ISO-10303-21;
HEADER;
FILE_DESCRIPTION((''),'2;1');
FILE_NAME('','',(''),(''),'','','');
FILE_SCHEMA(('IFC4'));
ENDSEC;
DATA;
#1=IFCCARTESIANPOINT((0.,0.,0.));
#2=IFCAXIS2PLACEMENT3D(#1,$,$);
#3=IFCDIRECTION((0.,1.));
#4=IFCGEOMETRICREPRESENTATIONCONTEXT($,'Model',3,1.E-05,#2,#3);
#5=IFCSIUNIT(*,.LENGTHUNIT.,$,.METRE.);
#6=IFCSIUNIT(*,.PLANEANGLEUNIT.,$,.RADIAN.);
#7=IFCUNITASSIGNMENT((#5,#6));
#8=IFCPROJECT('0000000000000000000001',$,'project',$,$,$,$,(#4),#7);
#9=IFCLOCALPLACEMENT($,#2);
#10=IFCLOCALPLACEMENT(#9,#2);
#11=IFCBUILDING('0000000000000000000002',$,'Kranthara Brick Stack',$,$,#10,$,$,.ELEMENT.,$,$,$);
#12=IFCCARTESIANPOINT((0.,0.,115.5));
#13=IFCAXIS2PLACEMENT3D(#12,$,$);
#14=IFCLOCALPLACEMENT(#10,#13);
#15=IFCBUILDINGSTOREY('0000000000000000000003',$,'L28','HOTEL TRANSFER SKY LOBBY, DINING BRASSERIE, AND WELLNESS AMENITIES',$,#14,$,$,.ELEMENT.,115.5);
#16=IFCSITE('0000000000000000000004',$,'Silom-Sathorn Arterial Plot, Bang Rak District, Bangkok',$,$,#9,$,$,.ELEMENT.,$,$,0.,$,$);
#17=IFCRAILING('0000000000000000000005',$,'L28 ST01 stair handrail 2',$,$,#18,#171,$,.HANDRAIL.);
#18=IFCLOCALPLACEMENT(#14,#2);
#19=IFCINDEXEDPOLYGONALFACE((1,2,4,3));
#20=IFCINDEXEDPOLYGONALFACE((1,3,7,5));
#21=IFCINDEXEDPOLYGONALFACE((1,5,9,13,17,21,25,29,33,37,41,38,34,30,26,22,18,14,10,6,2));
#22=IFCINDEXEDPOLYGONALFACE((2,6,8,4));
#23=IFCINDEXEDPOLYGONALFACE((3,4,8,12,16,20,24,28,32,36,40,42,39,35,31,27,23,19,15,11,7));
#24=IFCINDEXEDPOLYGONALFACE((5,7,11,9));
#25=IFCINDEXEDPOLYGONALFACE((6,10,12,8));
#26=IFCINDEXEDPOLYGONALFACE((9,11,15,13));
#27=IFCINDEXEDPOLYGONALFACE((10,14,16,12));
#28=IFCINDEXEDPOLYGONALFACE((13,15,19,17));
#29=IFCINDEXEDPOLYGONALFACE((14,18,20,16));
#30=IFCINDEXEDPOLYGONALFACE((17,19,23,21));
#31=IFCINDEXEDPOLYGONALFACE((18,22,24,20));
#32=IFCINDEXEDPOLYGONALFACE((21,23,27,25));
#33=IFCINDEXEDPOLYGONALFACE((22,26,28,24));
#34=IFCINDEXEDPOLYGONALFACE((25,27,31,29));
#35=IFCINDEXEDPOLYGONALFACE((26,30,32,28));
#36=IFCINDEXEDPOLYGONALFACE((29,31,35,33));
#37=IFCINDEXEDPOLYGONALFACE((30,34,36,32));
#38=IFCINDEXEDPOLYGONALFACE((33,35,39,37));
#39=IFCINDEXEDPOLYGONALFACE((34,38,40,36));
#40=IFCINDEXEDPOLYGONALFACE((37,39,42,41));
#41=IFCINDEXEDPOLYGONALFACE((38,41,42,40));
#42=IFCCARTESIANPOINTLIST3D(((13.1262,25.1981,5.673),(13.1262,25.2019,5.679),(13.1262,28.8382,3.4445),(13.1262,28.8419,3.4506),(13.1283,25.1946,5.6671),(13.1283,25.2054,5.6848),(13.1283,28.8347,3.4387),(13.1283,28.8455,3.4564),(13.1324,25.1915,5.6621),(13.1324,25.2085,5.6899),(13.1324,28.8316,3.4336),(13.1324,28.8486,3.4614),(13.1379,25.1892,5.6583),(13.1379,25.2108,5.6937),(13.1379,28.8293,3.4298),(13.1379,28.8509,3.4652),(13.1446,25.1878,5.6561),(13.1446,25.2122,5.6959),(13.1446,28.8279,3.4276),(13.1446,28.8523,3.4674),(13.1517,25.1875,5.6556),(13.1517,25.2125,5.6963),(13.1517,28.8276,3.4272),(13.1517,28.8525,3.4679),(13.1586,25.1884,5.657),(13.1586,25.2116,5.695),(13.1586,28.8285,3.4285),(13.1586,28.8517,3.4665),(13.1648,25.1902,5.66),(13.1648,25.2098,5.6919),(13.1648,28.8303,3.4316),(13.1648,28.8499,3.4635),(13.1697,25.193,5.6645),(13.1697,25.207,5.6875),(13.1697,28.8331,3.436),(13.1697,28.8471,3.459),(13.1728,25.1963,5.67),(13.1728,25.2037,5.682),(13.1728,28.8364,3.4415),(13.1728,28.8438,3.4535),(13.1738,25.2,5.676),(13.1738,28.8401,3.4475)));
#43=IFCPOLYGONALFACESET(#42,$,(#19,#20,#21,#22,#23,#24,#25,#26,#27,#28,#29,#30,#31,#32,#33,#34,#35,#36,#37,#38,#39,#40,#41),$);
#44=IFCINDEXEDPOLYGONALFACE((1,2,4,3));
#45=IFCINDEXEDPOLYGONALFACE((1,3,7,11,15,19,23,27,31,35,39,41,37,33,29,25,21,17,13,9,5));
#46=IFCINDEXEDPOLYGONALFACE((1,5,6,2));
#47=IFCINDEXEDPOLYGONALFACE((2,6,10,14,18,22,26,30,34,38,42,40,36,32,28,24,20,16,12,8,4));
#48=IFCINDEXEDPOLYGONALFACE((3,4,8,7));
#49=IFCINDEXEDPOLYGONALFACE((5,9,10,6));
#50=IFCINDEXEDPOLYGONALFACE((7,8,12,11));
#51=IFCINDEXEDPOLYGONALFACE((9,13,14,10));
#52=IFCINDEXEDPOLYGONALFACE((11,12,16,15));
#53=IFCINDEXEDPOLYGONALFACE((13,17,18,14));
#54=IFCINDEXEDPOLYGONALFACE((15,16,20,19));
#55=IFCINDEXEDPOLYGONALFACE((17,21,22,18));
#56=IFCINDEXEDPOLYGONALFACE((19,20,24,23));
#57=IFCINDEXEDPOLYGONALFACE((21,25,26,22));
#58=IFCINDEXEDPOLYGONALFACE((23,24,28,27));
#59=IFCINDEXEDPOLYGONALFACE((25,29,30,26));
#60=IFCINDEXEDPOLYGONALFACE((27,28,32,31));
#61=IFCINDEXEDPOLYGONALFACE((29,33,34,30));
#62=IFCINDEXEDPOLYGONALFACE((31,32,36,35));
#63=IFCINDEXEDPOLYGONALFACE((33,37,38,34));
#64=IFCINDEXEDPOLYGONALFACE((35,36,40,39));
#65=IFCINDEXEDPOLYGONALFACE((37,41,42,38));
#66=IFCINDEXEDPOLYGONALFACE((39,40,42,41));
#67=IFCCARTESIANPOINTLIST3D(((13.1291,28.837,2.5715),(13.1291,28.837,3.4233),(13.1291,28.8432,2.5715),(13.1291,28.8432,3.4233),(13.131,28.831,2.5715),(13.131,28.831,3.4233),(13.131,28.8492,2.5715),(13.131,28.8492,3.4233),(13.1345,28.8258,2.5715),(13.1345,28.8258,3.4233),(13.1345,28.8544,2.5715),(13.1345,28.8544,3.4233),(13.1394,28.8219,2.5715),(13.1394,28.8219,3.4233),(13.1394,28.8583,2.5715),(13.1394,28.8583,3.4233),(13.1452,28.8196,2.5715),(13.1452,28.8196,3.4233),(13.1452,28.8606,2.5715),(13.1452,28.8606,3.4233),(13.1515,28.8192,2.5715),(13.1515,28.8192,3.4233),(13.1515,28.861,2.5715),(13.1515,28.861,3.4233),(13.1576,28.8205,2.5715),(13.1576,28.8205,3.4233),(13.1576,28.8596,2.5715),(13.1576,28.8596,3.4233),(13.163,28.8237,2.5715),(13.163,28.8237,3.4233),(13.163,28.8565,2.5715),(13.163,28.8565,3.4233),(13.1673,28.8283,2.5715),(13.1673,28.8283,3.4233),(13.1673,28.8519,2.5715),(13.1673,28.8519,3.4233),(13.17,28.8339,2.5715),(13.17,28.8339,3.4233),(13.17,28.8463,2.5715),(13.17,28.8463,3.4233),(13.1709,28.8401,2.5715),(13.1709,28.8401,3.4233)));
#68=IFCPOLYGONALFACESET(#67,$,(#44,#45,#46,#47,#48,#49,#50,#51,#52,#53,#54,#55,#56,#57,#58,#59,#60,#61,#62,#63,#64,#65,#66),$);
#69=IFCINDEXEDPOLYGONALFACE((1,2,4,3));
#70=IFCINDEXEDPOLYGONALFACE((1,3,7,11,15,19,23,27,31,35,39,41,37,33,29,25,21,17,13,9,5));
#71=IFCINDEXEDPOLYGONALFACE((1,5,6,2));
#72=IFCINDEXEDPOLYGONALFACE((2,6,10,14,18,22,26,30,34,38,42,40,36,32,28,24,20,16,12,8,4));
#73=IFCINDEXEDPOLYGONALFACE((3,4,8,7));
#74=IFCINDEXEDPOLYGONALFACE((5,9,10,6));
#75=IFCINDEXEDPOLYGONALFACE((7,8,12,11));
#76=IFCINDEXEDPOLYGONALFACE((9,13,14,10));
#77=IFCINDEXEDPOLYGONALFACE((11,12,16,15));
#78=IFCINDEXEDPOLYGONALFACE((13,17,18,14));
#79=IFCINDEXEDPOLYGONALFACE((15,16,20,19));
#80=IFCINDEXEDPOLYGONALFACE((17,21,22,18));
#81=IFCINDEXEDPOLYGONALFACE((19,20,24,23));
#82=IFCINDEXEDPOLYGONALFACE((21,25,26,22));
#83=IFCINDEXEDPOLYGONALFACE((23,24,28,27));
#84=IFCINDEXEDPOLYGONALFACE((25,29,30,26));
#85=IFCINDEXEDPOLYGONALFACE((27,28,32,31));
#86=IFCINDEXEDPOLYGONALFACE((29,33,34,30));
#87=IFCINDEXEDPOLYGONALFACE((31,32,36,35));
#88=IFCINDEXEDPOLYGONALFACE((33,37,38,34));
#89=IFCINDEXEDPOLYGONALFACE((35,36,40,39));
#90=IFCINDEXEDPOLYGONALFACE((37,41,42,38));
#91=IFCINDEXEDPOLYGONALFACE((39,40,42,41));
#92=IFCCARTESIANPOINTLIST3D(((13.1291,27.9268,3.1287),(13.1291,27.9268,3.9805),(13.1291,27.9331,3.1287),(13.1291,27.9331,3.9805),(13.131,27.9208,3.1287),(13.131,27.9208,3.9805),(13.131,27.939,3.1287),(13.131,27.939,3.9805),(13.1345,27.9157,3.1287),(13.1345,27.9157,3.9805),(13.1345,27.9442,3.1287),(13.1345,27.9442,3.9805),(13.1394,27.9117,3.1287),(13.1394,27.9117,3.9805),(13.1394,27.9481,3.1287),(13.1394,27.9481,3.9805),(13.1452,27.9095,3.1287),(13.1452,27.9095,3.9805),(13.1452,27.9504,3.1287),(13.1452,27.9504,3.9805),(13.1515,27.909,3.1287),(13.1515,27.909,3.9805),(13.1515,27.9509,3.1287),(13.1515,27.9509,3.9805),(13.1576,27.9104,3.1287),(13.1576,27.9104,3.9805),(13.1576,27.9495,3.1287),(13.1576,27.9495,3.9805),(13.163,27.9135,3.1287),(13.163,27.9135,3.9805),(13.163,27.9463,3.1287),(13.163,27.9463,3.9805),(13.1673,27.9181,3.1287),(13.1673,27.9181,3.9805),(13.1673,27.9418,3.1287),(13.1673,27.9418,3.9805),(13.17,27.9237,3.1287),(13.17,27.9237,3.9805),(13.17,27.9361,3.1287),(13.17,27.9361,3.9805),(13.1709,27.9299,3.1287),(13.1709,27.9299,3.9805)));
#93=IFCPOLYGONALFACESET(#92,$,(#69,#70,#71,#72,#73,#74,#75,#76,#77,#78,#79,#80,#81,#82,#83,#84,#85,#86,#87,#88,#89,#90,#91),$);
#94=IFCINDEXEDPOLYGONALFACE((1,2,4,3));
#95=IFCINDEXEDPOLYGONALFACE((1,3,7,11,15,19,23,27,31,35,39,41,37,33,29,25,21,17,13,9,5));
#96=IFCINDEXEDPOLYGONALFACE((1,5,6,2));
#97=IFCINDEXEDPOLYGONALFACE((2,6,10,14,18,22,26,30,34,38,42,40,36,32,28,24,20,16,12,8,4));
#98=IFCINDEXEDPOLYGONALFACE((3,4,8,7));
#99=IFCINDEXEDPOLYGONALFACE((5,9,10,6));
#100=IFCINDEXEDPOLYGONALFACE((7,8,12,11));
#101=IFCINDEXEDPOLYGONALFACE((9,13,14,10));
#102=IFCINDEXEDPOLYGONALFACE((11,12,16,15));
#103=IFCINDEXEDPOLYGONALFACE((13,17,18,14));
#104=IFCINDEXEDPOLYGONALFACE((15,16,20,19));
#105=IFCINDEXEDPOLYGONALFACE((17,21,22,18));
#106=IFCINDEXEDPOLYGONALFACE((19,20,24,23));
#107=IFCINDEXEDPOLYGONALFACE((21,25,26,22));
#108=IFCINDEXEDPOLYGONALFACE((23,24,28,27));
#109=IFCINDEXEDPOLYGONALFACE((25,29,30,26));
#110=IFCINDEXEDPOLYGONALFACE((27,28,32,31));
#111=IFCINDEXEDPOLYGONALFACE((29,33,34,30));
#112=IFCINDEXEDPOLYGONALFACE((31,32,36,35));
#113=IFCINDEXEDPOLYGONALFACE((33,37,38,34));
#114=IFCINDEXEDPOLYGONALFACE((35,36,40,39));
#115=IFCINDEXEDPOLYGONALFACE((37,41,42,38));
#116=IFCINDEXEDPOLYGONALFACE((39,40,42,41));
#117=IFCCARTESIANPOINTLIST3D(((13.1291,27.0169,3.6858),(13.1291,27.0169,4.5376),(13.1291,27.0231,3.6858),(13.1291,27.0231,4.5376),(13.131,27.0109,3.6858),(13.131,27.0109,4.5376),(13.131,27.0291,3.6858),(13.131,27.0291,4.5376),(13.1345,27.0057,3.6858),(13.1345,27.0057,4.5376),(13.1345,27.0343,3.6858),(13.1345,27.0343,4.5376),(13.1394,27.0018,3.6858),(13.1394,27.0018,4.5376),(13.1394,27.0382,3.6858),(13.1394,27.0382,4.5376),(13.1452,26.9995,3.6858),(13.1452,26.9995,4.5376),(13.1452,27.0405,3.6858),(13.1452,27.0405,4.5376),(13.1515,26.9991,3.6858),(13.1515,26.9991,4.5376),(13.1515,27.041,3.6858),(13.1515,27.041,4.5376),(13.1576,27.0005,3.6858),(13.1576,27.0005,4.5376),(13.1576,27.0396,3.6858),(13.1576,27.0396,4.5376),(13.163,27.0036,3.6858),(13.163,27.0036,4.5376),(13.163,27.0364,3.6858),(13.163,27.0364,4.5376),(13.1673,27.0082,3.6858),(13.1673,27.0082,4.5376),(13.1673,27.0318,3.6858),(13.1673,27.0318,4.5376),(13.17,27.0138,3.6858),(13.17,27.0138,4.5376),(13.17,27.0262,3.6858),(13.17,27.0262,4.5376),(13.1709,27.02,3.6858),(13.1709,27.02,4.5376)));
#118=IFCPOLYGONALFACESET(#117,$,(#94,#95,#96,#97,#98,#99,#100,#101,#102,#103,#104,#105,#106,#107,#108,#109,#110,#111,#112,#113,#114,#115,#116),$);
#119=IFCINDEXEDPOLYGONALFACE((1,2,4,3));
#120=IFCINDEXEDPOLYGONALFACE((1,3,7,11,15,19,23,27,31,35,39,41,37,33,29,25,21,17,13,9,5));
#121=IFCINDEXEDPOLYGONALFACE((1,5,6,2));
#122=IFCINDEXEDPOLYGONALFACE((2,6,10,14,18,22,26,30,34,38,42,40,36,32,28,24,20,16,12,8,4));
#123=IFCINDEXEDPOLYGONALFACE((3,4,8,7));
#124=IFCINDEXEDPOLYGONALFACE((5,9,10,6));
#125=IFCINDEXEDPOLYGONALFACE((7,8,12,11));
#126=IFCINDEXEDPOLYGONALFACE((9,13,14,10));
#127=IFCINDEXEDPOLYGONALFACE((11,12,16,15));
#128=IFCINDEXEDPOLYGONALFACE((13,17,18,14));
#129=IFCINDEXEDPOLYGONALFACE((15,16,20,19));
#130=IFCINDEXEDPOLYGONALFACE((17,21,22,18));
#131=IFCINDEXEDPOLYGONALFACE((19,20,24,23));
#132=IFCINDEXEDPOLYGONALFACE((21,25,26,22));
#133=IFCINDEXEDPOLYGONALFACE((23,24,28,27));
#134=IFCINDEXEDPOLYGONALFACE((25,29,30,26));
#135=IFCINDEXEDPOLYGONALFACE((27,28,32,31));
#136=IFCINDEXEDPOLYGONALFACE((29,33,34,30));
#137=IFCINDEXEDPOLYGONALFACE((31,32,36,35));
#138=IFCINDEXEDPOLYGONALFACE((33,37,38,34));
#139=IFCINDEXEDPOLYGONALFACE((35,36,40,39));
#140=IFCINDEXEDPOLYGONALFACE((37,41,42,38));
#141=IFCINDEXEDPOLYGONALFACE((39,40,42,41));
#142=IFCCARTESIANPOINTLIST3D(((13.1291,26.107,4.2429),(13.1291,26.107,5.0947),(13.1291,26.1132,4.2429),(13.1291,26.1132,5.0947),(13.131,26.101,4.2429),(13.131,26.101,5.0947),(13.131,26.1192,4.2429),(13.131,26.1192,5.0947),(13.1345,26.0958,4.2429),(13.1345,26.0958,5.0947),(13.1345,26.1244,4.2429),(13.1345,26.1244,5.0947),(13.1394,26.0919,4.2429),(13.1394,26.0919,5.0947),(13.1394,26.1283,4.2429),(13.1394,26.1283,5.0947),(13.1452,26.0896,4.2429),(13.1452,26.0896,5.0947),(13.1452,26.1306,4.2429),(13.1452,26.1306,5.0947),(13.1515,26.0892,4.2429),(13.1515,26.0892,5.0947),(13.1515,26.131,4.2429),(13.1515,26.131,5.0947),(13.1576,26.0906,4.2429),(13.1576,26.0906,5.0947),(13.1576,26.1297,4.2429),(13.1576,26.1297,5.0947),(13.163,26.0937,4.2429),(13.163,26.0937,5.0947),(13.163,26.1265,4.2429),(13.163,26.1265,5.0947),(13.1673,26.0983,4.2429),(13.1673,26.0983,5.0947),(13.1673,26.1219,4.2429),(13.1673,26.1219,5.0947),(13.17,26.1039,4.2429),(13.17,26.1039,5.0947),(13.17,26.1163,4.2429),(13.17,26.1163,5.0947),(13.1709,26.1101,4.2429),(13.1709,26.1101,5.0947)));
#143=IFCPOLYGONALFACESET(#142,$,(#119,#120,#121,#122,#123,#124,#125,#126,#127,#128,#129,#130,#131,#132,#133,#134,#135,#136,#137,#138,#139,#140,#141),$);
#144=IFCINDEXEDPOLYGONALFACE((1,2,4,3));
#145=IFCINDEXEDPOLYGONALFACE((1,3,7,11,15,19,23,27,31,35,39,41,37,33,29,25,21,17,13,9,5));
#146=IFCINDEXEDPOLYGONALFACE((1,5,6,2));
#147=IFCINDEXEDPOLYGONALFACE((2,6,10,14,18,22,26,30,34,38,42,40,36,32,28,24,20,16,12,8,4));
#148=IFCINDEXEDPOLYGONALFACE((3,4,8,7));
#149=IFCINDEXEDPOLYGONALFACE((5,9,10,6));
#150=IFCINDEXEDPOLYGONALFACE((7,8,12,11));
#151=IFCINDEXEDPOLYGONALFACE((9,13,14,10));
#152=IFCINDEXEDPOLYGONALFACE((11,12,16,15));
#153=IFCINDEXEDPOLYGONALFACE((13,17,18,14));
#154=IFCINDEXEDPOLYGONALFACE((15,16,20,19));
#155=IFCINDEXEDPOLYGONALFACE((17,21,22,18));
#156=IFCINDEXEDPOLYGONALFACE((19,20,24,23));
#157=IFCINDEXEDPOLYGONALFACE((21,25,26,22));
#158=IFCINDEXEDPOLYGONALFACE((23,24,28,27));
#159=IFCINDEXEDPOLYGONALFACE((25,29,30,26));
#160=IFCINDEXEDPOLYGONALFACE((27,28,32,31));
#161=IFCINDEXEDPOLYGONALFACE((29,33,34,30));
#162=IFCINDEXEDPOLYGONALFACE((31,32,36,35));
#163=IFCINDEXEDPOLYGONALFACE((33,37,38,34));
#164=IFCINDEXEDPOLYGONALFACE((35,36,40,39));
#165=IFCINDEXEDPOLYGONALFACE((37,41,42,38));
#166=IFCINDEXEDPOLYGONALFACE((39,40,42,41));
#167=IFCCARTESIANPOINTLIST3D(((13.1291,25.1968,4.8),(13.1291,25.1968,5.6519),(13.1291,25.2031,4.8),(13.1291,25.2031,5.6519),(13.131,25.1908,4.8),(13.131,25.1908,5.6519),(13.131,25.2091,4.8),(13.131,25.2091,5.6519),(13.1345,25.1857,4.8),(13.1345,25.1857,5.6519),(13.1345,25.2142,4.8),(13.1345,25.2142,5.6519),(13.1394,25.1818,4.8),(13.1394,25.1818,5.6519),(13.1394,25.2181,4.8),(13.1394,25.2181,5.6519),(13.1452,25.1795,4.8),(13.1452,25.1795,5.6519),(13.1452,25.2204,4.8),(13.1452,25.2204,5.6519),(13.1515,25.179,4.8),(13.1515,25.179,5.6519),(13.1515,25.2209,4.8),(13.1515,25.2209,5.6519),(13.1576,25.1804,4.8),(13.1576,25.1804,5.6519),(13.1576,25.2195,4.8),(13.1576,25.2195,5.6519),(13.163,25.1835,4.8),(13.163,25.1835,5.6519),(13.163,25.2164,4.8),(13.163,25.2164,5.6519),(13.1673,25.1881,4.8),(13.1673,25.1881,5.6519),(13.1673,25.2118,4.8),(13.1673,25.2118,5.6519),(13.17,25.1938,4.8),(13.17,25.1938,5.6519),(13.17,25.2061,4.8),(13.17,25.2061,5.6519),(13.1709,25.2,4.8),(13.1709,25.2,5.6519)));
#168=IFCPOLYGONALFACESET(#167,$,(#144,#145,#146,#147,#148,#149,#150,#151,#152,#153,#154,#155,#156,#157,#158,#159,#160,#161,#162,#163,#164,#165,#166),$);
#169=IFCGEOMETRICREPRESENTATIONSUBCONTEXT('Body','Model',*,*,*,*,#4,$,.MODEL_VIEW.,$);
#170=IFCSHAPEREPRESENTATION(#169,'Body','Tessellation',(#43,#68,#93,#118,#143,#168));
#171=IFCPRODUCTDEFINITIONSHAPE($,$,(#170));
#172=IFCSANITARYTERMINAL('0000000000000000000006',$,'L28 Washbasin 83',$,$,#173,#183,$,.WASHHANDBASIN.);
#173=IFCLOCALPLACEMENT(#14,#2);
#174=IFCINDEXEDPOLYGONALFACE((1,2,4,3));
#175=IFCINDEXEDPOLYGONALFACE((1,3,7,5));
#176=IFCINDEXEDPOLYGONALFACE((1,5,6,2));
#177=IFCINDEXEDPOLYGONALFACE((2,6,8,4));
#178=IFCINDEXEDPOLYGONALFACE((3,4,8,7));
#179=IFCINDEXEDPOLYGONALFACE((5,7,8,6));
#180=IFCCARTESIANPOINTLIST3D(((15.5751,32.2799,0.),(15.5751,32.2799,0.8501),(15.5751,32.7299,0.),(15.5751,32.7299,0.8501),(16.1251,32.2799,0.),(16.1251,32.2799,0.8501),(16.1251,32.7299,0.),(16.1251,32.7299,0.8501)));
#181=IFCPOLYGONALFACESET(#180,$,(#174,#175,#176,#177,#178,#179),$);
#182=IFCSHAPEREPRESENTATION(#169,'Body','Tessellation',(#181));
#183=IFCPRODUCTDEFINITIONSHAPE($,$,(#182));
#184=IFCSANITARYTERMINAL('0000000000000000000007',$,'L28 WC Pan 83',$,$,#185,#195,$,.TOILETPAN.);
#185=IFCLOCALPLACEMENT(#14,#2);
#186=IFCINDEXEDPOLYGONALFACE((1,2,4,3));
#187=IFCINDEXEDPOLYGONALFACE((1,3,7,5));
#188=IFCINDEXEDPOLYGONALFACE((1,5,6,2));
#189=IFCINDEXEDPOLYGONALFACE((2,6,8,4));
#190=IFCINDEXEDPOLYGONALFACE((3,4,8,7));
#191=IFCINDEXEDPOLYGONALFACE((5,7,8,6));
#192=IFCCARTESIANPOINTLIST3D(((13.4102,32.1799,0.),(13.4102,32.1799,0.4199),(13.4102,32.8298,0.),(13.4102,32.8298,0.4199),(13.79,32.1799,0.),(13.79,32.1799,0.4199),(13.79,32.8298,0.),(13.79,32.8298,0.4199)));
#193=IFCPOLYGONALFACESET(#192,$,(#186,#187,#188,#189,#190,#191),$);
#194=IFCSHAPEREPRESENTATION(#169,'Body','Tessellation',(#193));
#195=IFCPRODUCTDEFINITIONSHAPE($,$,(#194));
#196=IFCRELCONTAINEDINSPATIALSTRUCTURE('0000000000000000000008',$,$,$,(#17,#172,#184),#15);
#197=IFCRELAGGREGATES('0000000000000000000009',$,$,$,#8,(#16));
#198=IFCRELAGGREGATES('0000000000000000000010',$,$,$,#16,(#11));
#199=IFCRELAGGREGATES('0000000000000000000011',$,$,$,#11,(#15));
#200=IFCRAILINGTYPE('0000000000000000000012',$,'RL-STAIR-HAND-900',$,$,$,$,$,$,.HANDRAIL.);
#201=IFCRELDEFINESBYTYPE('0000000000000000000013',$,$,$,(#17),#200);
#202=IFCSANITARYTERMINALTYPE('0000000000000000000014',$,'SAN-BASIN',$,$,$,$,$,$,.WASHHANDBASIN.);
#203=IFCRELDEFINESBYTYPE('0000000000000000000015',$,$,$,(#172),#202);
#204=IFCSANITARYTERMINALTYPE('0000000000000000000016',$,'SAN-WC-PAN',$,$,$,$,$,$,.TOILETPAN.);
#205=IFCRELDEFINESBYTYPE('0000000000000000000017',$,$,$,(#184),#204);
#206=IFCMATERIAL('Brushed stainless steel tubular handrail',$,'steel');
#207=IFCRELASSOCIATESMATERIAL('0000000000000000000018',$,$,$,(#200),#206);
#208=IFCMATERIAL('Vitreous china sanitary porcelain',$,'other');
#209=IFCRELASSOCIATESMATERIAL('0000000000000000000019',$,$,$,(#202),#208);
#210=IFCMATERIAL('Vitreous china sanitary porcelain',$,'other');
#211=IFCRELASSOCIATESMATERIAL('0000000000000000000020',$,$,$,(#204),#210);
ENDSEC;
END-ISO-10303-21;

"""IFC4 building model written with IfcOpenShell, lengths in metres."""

from ifc_helpers import new_model, si_unit, direction, frame, origin, origin_2d, place, context, subcontext, project, spatial, rectangle, circle, extrude, material, type_object, element, save


model = new_model("IFC4")

# Units and contexts
model_context = context("Model", 3, precision=1e-05, world=origin(), true_north=direction((0.0, 1.0)))
body_context = subcontext(model_context, "Body", "Model", "MODEL_VIEW")
ifc_project = project(units=[si_unit("LENGTHUNIT", "METRE"), si_unit("PLANEANGLEUNIT", "RADIAN")], contexts=[model_context])

# Site, building, storey
site_placement = place(None, origin())
site = spatial("IfcSite", under=ifc_project, at=site_placement, Name="Silom-Sathorn Arterial Plot, Bang Rak District, Bangkok", CompositionType="ELEMENT", RefElevation=0.0)
building_placement = place(site_placement, origin())
building = spatial("IfcBuilding", under=site, at=building_placement, Name="Kranthara Brick Stack", CompositionType="ELEMENT")
storey_placement = place(building_placement, frame((0.0, 0.0, 115.5)))
storey = spatial("IfcBuildingStorey", under=building, at=storey_placement, Name="L28", Description="HOTEL TRANSFER SKY LOBBY, DINING BRASSERIE, AND WELLNESS AMENITIES", CompositionType="ELEMENT", Elevation=115.5)

# Railing
ifc_material_1 = material(Name="Brushed stainless steel tubular handrail", Category="steel")
railing_type_1 = type_object("IfcRailingType", Name="RL-STAIR-HAND-900", PredefinedType="HANDRAIL", material=ifc_material_1)
railing_1_placement = place(storey_placement, frame((13.1499, 28.8401, 2.5715)))
element("IfcRailing", 1, at=railing_1_placement, inside=storey, type_object=railing_type_1, Name="L28 ST01 stair handrail 2", PredefinedType="HANDRAIL", context=body_context, shape_type="SweptSolid", body=[
    extrude(circle(Radius=0.0239, at=origin_2d()), frame((0.0, 0.0, 0.876), z_axis=(0.0, -0.852866, 0.52213), x_axis=(1.0, 0.0, 0.0)), (0.0, 0.0, 1.0), 4.2681),
    extrude(circle(Radius=0.021, at=origin_2d()), origin(), (0.0, 0.0, 1.0), 0.8518),
    extrude(circle(Radius=0.021, at=origin_2d()), frame((0.0, -0.9102, 0.5571)), (0.0, 0.0, 1.0), 0.8518),
    extrude(circle(Radius=0.021, at=origin_2d()), frame((0.0, -1.8201, 1.1143)), (0.0, 0.0, 1.0), 0.8518),
    extrude(circle(Radius=0.021, at=origin_2d()), frame((0.0, -2.73, 1.6714)), (0.0, 0.0, 1.0), 0.8518),
    extrude(circle(Radius=0.021, at=origin_2d()), frame((0.0, -3.6401, 2.2285)), (0.0, 0.0, 1.0), 0.8518),
])

# Sanitary terminals
ifc_material_2 = material(Name="Vitreous china sanitary porcelain", Category="other")
sanitary_terminal_type_1 = type_object("IfcSanitaryTerminalType", Name="SAN-BASIN", PredefinedType="WASHHANDBASIN", material=ifc_material_2)
sanitary_terminal_1_placement = place(storey_placement, frame((15.8501, 32.5049, 0.0), z_axis=(0.0, 0.0, 1.0), x_axis=(1.0, 0.0, 0.0)))
element("IfcSanitaryTerminal", 2, at=sanitary_terminal_1_placement, inside=storey, type_object=sanitary_terminal_type_1, Name="L28 Washbasin 83", PredefinedType="WASHHANDBASIN", context=body_context, shape_type="SweptSolid", body=[
    extrude(rectangle(XDim=0.55, YDim=0.45, at=origin_2d()), origin(), (0.0, 0.0, 1.0), 0.8501),
])
ifc_material_3 = material(Name="Vitreous china sanitary porcelain", Category="other")
sanitary_terminal_type_2 = type_object("IfcSanitaryTerminalType", Name="SAN-WC-PAN", PredefinedType="TOILETPAN", material=ifc_material_3)
sanitary_terminal_2_placement = place(storey_placement, frame((13.6001, 32.5049, 0.0), z_axis=(0.0, 0.0, 1.0), x_axis=(1.0, 0.0, 0.0)))
element("IfcSanitaryTerminal", 3, at=sanitary_terminal_2_placement, inside=storey, type_object=sanitary_terminal_type_2, Name="L28 WC Pan 83", PredefinedType="TOILETPAN", context=body_context, shape_type="SweptSolid", body=[
    extrude(rectangle(XDim=0.3799, YDim=0.6499, at=origin_2d()), origin(), (0.0, 0.0, 1.0), 0.4199),
])

save(model, "model.ifc")
